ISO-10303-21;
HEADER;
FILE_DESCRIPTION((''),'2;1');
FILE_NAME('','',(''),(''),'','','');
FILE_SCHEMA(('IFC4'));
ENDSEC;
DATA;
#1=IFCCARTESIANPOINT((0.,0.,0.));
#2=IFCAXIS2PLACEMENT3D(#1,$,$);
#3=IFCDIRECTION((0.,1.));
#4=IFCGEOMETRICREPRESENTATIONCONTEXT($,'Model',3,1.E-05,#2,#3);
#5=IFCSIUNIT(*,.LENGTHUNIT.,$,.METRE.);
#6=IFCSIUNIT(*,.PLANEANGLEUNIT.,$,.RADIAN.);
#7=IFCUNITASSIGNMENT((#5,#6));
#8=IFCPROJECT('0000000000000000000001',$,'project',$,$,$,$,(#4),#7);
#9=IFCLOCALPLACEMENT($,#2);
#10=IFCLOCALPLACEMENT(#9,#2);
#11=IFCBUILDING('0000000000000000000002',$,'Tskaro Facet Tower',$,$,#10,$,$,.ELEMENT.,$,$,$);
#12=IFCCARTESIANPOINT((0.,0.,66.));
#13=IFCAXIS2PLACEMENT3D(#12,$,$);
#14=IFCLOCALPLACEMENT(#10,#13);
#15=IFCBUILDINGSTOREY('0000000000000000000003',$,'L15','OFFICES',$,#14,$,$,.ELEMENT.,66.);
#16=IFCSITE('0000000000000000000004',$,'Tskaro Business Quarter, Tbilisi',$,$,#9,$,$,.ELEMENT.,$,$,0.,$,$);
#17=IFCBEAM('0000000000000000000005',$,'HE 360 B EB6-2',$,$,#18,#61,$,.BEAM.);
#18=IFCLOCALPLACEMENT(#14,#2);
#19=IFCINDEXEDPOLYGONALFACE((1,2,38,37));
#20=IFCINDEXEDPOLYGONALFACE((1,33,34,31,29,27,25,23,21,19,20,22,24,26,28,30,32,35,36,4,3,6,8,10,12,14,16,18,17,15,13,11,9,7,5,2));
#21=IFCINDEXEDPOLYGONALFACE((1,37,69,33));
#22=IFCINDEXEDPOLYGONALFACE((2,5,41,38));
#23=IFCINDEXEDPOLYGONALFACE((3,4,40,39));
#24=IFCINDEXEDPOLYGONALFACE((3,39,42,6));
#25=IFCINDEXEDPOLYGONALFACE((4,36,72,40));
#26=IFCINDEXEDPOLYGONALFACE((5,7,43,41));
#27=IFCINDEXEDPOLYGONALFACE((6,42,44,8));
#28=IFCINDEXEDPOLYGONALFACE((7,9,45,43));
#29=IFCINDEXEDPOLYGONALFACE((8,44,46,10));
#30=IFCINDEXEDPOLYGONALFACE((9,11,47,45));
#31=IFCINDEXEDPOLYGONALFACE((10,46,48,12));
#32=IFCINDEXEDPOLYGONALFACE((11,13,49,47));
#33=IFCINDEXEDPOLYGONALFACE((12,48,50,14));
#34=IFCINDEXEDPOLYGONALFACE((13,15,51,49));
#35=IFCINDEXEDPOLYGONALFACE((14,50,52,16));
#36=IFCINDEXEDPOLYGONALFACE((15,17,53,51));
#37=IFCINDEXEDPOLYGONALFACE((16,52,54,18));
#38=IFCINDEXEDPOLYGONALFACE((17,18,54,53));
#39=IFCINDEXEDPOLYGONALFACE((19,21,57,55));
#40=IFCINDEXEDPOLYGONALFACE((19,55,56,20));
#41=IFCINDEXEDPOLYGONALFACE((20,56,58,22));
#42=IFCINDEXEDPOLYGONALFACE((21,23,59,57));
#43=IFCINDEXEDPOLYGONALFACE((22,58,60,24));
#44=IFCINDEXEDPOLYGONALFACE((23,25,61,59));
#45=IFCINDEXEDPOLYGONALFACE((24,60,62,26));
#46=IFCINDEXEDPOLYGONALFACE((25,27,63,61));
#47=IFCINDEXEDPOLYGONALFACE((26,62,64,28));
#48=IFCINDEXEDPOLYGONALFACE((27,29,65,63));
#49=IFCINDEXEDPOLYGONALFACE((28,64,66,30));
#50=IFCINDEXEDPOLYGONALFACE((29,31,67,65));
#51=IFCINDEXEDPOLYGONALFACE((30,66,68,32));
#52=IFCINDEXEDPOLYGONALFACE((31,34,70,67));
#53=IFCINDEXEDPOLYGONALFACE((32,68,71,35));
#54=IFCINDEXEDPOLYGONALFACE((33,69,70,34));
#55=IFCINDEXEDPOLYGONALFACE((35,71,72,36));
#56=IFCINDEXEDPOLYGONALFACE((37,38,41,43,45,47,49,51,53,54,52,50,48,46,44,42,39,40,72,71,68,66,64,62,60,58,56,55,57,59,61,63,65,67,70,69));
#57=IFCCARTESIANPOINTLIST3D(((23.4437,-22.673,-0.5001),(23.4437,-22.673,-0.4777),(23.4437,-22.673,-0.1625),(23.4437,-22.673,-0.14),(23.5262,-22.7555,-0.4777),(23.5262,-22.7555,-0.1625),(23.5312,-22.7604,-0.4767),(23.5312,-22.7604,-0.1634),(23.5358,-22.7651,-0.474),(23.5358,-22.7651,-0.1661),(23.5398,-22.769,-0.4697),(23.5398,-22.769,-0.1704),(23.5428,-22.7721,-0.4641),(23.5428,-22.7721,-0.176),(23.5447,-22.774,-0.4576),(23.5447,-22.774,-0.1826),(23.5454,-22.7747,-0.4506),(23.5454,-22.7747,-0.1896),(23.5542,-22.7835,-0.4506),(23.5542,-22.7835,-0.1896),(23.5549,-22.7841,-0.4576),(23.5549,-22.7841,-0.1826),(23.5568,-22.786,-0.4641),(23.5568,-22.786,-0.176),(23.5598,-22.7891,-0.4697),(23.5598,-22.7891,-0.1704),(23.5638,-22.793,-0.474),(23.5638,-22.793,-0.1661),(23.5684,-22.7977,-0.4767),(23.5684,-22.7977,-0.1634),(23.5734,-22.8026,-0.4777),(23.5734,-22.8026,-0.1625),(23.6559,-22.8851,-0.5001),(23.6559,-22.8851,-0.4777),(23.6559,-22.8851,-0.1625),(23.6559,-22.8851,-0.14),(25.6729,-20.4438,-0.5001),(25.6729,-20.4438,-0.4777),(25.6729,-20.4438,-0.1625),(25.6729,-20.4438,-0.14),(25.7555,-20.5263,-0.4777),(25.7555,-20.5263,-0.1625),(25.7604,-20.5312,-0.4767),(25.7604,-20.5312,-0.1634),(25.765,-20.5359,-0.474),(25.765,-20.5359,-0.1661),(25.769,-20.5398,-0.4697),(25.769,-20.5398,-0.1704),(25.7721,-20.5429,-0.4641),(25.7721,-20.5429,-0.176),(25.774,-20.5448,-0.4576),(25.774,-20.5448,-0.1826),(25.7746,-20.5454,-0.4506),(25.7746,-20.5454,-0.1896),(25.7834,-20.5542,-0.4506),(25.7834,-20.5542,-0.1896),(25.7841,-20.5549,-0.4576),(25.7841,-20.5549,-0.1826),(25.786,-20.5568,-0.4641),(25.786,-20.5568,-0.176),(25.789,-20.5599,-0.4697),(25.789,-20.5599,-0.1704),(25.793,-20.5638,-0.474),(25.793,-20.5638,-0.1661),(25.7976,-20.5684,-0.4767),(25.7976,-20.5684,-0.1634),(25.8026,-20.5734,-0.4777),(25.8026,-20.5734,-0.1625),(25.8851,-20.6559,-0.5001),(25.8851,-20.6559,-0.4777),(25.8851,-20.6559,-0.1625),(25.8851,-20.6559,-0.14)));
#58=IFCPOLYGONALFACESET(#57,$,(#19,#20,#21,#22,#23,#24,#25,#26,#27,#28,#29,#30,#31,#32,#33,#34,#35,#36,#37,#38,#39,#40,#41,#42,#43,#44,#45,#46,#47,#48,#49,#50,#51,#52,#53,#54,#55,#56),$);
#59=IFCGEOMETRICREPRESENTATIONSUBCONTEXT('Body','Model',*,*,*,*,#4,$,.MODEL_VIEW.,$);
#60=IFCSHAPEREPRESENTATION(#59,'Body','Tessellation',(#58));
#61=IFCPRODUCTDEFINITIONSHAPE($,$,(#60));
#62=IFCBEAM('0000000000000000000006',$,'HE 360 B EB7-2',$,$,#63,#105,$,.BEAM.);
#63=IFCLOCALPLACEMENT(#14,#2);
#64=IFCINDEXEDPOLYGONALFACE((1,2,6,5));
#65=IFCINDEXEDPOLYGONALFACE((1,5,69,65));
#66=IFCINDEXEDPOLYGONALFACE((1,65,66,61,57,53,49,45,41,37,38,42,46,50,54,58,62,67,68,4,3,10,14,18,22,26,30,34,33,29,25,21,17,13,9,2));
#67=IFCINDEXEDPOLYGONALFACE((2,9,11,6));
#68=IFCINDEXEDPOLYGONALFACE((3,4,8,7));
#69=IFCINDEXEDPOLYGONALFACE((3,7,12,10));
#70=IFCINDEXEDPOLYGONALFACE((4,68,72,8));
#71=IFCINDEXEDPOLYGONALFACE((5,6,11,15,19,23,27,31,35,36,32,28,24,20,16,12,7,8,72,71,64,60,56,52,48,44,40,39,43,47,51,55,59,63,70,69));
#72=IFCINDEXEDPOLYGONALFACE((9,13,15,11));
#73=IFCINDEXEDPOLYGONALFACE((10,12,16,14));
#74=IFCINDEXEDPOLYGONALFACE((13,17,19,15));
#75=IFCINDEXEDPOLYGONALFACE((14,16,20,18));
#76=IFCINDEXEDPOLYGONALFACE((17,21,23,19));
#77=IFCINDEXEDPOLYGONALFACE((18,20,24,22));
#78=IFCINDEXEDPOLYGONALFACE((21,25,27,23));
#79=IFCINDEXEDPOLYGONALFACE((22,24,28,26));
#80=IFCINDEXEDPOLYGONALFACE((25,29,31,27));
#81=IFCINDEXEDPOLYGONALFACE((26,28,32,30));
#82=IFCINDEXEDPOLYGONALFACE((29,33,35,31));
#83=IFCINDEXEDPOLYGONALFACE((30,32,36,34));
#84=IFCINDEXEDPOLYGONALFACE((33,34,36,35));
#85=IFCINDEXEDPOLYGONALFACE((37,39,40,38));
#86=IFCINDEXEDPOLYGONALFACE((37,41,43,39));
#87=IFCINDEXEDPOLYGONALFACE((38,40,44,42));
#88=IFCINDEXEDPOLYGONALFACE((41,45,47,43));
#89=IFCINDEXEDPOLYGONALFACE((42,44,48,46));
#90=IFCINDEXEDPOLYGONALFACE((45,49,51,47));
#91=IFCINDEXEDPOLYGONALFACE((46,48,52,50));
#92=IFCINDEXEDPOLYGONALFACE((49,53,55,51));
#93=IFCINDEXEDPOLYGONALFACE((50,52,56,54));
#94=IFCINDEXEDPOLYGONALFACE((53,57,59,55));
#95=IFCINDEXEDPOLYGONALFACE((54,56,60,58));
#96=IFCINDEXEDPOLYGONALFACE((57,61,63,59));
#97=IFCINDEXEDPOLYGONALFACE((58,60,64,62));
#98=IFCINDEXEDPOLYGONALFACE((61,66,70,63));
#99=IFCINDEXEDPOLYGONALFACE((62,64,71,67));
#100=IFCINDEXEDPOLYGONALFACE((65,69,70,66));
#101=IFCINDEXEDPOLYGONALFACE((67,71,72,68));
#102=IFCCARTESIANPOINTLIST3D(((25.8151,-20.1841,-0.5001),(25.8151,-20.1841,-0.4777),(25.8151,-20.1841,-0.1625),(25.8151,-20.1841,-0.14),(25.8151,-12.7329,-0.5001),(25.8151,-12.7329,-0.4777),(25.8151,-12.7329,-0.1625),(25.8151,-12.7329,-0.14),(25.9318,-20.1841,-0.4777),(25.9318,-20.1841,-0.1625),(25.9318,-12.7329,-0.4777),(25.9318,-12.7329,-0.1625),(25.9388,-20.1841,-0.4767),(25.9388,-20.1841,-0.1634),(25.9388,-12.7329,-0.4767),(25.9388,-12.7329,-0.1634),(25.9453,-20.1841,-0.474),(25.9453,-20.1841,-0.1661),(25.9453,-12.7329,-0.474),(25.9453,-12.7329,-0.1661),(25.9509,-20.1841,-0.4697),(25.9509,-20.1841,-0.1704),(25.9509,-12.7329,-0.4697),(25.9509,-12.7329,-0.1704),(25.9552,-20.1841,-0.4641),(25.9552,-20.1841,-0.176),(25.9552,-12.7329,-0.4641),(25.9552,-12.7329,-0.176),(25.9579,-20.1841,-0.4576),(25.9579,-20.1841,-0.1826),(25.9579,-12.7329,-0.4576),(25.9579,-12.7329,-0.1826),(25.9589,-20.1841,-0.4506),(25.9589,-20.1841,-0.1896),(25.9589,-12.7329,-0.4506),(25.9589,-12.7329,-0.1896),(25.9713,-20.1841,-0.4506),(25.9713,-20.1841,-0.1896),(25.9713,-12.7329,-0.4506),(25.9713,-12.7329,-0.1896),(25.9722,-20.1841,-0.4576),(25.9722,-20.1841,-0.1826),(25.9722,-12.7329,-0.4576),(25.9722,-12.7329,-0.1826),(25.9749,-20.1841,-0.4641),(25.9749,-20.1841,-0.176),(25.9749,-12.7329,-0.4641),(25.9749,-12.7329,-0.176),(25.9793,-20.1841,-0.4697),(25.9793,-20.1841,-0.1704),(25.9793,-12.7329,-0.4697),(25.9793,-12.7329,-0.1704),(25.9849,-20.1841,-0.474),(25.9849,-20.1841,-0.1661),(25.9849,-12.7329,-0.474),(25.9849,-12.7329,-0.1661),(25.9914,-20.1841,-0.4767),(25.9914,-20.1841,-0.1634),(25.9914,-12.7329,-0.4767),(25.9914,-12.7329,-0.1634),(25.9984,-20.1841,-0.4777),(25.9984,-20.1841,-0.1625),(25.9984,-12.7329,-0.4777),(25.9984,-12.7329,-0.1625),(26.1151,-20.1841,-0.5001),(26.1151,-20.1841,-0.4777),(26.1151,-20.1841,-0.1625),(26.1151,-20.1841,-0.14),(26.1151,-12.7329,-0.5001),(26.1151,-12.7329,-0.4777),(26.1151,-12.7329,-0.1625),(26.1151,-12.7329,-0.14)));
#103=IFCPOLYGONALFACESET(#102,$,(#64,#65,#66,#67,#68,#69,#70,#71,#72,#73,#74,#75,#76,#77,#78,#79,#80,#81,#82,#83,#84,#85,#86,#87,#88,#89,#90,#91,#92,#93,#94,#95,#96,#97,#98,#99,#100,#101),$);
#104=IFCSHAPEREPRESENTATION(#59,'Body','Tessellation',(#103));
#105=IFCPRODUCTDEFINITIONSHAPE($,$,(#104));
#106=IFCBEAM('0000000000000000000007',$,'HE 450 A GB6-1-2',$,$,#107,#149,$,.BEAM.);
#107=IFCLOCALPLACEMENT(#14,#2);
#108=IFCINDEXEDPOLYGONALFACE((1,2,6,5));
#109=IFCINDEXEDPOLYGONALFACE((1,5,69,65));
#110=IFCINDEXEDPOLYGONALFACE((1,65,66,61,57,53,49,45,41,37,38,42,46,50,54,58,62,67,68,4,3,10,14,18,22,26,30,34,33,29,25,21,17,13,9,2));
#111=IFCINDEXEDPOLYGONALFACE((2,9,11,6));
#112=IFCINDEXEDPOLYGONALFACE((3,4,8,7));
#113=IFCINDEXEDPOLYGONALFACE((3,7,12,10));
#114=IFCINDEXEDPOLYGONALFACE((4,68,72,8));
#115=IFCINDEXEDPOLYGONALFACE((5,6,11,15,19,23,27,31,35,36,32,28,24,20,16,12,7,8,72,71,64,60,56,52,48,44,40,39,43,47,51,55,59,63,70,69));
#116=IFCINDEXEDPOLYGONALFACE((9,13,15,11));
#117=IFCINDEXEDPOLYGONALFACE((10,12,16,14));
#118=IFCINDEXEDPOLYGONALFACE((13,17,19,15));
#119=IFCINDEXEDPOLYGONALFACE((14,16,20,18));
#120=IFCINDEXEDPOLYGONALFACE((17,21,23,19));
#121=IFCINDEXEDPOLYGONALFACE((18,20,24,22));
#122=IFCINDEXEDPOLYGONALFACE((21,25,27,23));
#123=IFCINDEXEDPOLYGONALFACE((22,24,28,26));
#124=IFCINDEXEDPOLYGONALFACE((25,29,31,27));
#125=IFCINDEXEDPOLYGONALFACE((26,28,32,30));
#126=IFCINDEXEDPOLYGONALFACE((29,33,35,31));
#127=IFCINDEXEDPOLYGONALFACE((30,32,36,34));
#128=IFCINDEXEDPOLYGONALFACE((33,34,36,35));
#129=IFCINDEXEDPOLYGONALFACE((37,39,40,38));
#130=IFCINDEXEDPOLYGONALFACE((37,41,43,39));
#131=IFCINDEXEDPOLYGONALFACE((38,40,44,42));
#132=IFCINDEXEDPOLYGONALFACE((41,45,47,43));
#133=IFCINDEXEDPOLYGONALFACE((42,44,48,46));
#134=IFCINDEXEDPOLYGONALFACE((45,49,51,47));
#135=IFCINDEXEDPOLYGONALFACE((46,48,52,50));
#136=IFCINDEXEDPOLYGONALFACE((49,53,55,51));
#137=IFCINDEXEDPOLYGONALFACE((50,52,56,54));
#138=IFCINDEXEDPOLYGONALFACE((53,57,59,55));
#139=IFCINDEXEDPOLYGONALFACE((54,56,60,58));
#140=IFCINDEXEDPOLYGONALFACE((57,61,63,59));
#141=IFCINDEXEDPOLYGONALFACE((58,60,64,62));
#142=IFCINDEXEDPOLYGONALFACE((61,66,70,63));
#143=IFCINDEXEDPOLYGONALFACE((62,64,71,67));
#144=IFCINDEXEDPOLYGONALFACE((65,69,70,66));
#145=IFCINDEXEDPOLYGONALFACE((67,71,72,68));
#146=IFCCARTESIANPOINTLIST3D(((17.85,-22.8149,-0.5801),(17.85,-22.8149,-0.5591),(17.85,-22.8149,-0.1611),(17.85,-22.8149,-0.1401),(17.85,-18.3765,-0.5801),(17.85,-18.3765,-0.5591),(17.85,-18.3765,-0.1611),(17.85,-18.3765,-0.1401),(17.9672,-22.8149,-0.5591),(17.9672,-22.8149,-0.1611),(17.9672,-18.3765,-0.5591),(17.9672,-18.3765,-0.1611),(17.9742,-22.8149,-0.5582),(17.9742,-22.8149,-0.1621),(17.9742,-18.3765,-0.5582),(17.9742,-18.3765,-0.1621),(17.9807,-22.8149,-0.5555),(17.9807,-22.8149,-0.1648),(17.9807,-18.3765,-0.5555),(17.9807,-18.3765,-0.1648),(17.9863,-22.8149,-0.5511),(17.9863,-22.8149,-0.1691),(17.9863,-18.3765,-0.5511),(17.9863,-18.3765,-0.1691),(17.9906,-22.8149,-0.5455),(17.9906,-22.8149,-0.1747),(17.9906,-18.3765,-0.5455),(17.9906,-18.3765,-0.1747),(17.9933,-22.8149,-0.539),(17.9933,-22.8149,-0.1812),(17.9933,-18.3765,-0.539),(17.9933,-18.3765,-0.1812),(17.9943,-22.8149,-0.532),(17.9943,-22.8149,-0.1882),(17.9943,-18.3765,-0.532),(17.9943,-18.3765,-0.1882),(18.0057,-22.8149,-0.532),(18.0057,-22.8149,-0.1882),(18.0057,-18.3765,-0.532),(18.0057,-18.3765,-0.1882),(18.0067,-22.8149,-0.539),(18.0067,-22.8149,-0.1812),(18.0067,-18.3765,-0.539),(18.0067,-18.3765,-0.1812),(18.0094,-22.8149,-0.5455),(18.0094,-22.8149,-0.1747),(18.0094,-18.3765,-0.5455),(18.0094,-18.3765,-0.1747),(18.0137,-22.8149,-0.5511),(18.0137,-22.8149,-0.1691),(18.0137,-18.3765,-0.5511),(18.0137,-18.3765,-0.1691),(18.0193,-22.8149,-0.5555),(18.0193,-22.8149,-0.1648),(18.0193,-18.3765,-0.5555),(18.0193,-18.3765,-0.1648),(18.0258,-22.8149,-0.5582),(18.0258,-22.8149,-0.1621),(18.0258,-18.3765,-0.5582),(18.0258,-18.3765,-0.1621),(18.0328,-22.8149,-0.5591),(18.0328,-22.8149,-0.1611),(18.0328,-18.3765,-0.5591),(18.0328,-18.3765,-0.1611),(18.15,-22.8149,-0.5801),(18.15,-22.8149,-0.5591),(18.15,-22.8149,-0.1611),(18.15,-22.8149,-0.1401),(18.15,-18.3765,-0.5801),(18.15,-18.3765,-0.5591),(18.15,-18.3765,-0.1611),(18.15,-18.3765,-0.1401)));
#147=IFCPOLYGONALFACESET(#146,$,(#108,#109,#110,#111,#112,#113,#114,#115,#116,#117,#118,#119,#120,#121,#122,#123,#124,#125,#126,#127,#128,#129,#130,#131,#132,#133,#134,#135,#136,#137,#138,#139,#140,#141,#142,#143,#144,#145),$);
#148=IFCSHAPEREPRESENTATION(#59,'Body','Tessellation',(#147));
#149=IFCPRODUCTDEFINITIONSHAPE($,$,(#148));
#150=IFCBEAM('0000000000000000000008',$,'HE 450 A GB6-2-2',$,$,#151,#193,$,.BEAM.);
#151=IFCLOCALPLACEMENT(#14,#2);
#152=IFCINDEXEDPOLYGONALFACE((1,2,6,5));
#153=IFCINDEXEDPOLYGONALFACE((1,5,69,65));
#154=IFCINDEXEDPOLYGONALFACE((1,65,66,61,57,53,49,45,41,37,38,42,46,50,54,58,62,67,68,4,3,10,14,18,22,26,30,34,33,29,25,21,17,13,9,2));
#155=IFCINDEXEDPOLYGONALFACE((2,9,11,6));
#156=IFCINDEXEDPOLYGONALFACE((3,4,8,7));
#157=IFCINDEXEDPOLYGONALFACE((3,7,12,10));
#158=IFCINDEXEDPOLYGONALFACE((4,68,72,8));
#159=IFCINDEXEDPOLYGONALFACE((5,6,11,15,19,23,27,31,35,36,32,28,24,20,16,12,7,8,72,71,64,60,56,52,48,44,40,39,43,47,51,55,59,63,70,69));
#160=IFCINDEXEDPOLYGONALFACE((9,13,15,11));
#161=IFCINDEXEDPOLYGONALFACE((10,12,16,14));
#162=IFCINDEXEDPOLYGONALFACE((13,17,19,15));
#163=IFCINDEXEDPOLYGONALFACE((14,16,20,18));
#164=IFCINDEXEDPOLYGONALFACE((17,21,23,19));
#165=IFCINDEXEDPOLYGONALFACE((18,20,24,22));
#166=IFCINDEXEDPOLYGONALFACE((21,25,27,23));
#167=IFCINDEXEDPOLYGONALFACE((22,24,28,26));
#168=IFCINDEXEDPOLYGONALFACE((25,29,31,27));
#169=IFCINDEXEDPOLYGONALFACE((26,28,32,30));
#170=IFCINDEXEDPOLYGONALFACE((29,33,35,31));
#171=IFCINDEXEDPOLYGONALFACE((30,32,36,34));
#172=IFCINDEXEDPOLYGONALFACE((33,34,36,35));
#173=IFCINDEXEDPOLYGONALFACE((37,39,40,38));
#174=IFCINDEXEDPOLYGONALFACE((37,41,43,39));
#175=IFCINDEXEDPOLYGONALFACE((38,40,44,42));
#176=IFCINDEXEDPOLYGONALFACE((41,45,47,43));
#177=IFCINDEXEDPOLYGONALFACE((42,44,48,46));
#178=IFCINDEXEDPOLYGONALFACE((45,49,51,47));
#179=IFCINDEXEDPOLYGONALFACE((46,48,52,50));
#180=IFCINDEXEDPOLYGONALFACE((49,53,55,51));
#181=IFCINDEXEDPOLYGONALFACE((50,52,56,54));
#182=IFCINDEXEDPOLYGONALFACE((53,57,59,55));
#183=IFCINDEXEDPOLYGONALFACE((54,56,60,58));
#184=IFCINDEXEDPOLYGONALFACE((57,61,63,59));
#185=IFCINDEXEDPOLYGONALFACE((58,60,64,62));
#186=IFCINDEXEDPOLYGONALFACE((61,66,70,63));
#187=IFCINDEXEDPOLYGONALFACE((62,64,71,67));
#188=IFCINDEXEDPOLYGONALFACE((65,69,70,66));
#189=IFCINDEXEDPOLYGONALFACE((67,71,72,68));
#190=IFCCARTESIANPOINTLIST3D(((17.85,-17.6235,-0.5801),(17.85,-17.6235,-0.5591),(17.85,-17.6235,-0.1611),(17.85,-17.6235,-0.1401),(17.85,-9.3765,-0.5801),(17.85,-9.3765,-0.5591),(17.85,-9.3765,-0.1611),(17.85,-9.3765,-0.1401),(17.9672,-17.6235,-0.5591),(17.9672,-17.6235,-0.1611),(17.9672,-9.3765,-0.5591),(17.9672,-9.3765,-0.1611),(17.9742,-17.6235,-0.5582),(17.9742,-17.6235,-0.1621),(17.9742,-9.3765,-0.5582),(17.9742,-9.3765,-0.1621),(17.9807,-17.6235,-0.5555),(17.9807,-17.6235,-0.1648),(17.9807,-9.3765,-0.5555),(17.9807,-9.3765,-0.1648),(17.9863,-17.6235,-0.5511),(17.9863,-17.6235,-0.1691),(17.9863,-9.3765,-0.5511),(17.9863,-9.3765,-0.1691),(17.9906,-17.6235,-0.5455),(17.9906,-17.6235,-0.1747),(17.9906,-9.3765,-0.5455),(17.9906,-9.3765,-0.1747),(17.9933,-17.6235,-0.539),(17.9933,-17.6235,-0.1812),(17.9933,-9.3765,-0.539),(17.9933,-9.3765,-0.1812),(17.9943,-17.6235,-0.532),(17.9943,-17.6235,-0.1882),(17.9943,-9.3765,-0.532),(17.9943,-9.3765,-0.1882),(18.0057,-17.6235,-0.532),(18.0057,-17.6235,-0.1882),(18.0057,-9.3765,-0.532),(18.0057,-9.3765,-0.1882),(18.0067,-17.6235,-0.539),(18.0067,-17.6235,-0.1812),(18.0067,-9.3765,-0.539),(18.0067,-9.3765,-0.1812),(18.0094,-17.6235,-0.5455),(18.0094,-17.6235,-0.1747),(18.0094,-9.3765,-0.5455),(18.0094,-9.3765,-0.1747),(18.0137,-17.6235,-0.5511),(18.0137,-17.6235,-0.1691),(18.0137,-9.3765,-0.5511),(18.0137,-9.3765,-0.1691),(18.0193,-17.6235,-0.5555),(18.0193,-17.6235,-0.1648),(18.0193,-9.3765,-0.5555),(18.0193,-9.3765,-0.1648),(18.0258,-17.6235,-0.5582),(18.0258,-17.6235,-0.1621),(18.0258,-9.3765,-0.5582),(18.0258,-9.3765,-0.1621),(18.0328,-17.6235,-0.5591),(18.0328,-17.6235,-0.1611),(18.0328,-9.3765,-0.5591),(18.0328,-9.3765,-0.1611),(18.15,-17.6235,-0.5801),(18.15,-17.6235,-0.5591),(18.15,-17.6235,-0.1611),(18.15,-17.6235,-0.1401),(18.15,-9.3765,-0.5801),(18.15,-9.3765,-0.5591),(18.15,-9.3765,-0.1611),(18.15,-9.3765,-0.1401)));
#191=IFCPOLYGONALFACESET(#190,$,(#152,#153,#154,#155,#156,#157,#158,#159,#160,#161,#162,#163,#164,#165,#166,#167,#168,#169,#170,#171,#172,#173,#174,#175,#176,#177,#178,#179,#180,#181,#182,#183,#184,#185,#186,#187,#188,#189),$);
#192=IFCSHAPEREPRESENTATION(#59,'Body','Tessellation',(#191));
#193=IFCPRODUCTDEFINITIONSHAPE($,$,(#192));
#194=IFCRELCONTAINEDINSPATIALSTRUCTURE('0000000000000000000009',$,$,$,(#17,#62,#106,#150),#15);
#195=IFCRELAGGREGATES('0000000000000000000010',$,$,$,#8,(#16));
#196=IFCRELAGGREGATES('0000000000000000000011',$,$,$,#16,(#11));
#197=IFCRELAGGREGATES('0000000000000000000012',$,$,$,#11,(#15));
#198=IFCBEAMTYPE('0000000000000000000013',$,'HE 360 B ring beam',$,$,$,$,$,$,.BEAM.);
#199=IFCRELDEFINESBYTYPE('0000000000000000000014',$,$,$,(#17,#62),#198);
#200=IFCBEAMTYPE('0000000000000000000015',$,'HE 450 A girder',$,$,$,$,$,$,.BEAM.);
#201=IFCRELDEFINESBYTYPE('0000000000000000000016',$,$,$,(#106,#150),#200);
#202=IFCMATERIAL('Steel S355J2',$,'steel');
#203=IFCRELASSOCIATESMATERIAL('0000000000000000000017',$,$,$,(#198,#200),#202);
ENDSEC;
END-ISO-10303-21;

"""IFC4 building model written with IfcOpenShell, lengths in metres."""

from ifc_helpers import new_model, si_unit, direction, frame, origin, origin_2d, place, context, subcontext, project, spatial, i_section, extrude, material, material_profile, profile_set, type_object, element, save


model = new_model("IFC4")

# Units and contexts
model_context = context("Model", 3, precision=1e-05, world=origin(), true_north=direction((0.0, 1.0)))
body_context = subcontext(model_context, "Body", "Model", "MODEL_VIEW")
ifc_project = project(units=[si_unit("LENGTHUNIT", "METRE"), si_unit("PLANEANGLEUNIT", "RADIAN")], contexts=[model_context])

# Site, building, storey
site_placement = place(None, origin())
site = spatial("IfcSite", under=ifc_project, at=site_placement, Name="Tskaro Business Quarter, Tbilisi", CompositionType="ELEMENT", RefElevation=0.0)
building_placement = place(site_placement, origin())
building = spatial("IfcBuilding", under=site, at=building_placement, Name="Tskaro Facet Tower", CompositionType="ELEMENT")
storey_placement = place(building_placement, frame((0.0, 0.0, 66.0)))
storey = spatial("IfcBuildingStorey", under=building, at=storey_placement, Name="L15", Description="OFFICES", CompositionType="ELEMENT", Elevation=66.0)

# Beams
ifc_material_1 = material(Name="Steel S355J2", Category="steel")
ifc_material_profile_1 = material_profile(ifc_material_1, i_section(OverallWidth=0.3, OverallDepth=0.3601, WebThickness=0.0125, FlangeThickness=0.0225, FilletRadius=0.0271, at=origin_2d()), Name="HE 360 B")
ifc_profile_set_1 = profile_set([ifc_material_profile_1], Name="Steel S355J2")
beam_type_1 = type_object("IfcBeamType", Name="HE 360 B ring beam", PredefinedType="BEAM", material=ifc_profile_set_1)
beam_1_placement = place(storey_placement, frame((23.5498, -22.7791, -0.3201), z_axis=(0.707107, 0.707107, 0.0), x_axis=(-0.707107, 0.707107, 0.0)))
element("IfcBeam", 1, at=beam_1_placement, inside=storey, type_object=beam_type_1, Name="HE 360 B EB6-2", PredefinedType="BEAM", context=body_context, shape_type="SweptSolid", body=[
    extrude(i_section(OverallWidth=0.3, OverallDepth=0.3601, WebThickness=0.0125, FlangeThickness=0.0225, FilletRadius=0.0271, at=origin_2d()), origin(), (0.0, 0.0, 1.0), 3.1526),
])
beam_2_placement = place(storey_placement, frame((25.9651, -20.1841, -0.3201), z_axis=(0.0, 1.0, 0.0), x_axis=(-1.0, 0.0, 0.0)))
element("IfcBeam", 2, at=beam_2_placement, inside=storey, type_object=beam_type_1, Name="HE 360 B EB7-2", PredefinedType="BEAM", context=body_context, shape_type="SweptSolid", body=[
    extrude(i_section(OverallWidth=0.3, OverallDepth=0.3601, WebThickness=0.0125, FlangeThickness=0.0225, FilletRadius=0.0271, at=origin_2d()), origin(), (0.0, 0.0, 1.0), 7.4512),
])
ifc_material_profile_2 = material_profile(ifc_material_1, i_section(OverallWidth=0.3, OverallDepth=0.4399, WebThickness=0.0115, FlangeThickness=0.021, FilletRadius=0.0271, at=origin_2d()), Name="HE 450 A")
ifc_profile_set_2 = profile_set([ifc_material_profile_2], Name="Steel S355J2")
beam_type_2 = type_object("IfcBeamType", Name="HE 450 A girder", PredefinedType="BEAM", material=ifc_profile_set_2)
beam_3_placement = place(storey_placement, frame((18.0, -22.8149, -0.3601), z_axis=(0.0, 1.0, 0.0), x_axis=(-1.0, 0.0, 0.0)))
element("IfcBeam", 3, at=beam_3_placement, inside=storey, type_object=beam_type_2, Name="HE 450 A GB6-1-2", PredefinedType="BEAM", context=body_context, shape_type="SweptSolid", body=[
    extrude(i_section(OverallWidth=0.3, OverallDepth=0.4399, WebThickness=0.0115, FlangeThickness=0.021, FilletRadius=0.0271, at=origin_2d()), origin(), (0.0, 0.0, 1.0), 4.4385),
])
beam_4_placement = place(storey_placement, frame((18.0, -17.6235, -0.3601), z_axis=(0.0, 1.0, 0.0), x_axis=(-1.0, 0.0, 0.0)))
element("IfcBeam", 4, at=beam_4_placement, inside=storey, type_object=beam_type_2, Name="HE 450 A GB6-2-2", PredefinedType="BEAM", context=body_context, shape_type="SweptSolid", body=[
    extrude(i_section(OverallWidth=0.3, OverallDepth=0.4399, WebThickness=0.0115, FlangeThickness=0.021, FilletRadius=0.0271, at=origin_2d()), origin(), (0.0, 0.0, 1.0), 8.2471),
])

save(model, "model.ifc")
